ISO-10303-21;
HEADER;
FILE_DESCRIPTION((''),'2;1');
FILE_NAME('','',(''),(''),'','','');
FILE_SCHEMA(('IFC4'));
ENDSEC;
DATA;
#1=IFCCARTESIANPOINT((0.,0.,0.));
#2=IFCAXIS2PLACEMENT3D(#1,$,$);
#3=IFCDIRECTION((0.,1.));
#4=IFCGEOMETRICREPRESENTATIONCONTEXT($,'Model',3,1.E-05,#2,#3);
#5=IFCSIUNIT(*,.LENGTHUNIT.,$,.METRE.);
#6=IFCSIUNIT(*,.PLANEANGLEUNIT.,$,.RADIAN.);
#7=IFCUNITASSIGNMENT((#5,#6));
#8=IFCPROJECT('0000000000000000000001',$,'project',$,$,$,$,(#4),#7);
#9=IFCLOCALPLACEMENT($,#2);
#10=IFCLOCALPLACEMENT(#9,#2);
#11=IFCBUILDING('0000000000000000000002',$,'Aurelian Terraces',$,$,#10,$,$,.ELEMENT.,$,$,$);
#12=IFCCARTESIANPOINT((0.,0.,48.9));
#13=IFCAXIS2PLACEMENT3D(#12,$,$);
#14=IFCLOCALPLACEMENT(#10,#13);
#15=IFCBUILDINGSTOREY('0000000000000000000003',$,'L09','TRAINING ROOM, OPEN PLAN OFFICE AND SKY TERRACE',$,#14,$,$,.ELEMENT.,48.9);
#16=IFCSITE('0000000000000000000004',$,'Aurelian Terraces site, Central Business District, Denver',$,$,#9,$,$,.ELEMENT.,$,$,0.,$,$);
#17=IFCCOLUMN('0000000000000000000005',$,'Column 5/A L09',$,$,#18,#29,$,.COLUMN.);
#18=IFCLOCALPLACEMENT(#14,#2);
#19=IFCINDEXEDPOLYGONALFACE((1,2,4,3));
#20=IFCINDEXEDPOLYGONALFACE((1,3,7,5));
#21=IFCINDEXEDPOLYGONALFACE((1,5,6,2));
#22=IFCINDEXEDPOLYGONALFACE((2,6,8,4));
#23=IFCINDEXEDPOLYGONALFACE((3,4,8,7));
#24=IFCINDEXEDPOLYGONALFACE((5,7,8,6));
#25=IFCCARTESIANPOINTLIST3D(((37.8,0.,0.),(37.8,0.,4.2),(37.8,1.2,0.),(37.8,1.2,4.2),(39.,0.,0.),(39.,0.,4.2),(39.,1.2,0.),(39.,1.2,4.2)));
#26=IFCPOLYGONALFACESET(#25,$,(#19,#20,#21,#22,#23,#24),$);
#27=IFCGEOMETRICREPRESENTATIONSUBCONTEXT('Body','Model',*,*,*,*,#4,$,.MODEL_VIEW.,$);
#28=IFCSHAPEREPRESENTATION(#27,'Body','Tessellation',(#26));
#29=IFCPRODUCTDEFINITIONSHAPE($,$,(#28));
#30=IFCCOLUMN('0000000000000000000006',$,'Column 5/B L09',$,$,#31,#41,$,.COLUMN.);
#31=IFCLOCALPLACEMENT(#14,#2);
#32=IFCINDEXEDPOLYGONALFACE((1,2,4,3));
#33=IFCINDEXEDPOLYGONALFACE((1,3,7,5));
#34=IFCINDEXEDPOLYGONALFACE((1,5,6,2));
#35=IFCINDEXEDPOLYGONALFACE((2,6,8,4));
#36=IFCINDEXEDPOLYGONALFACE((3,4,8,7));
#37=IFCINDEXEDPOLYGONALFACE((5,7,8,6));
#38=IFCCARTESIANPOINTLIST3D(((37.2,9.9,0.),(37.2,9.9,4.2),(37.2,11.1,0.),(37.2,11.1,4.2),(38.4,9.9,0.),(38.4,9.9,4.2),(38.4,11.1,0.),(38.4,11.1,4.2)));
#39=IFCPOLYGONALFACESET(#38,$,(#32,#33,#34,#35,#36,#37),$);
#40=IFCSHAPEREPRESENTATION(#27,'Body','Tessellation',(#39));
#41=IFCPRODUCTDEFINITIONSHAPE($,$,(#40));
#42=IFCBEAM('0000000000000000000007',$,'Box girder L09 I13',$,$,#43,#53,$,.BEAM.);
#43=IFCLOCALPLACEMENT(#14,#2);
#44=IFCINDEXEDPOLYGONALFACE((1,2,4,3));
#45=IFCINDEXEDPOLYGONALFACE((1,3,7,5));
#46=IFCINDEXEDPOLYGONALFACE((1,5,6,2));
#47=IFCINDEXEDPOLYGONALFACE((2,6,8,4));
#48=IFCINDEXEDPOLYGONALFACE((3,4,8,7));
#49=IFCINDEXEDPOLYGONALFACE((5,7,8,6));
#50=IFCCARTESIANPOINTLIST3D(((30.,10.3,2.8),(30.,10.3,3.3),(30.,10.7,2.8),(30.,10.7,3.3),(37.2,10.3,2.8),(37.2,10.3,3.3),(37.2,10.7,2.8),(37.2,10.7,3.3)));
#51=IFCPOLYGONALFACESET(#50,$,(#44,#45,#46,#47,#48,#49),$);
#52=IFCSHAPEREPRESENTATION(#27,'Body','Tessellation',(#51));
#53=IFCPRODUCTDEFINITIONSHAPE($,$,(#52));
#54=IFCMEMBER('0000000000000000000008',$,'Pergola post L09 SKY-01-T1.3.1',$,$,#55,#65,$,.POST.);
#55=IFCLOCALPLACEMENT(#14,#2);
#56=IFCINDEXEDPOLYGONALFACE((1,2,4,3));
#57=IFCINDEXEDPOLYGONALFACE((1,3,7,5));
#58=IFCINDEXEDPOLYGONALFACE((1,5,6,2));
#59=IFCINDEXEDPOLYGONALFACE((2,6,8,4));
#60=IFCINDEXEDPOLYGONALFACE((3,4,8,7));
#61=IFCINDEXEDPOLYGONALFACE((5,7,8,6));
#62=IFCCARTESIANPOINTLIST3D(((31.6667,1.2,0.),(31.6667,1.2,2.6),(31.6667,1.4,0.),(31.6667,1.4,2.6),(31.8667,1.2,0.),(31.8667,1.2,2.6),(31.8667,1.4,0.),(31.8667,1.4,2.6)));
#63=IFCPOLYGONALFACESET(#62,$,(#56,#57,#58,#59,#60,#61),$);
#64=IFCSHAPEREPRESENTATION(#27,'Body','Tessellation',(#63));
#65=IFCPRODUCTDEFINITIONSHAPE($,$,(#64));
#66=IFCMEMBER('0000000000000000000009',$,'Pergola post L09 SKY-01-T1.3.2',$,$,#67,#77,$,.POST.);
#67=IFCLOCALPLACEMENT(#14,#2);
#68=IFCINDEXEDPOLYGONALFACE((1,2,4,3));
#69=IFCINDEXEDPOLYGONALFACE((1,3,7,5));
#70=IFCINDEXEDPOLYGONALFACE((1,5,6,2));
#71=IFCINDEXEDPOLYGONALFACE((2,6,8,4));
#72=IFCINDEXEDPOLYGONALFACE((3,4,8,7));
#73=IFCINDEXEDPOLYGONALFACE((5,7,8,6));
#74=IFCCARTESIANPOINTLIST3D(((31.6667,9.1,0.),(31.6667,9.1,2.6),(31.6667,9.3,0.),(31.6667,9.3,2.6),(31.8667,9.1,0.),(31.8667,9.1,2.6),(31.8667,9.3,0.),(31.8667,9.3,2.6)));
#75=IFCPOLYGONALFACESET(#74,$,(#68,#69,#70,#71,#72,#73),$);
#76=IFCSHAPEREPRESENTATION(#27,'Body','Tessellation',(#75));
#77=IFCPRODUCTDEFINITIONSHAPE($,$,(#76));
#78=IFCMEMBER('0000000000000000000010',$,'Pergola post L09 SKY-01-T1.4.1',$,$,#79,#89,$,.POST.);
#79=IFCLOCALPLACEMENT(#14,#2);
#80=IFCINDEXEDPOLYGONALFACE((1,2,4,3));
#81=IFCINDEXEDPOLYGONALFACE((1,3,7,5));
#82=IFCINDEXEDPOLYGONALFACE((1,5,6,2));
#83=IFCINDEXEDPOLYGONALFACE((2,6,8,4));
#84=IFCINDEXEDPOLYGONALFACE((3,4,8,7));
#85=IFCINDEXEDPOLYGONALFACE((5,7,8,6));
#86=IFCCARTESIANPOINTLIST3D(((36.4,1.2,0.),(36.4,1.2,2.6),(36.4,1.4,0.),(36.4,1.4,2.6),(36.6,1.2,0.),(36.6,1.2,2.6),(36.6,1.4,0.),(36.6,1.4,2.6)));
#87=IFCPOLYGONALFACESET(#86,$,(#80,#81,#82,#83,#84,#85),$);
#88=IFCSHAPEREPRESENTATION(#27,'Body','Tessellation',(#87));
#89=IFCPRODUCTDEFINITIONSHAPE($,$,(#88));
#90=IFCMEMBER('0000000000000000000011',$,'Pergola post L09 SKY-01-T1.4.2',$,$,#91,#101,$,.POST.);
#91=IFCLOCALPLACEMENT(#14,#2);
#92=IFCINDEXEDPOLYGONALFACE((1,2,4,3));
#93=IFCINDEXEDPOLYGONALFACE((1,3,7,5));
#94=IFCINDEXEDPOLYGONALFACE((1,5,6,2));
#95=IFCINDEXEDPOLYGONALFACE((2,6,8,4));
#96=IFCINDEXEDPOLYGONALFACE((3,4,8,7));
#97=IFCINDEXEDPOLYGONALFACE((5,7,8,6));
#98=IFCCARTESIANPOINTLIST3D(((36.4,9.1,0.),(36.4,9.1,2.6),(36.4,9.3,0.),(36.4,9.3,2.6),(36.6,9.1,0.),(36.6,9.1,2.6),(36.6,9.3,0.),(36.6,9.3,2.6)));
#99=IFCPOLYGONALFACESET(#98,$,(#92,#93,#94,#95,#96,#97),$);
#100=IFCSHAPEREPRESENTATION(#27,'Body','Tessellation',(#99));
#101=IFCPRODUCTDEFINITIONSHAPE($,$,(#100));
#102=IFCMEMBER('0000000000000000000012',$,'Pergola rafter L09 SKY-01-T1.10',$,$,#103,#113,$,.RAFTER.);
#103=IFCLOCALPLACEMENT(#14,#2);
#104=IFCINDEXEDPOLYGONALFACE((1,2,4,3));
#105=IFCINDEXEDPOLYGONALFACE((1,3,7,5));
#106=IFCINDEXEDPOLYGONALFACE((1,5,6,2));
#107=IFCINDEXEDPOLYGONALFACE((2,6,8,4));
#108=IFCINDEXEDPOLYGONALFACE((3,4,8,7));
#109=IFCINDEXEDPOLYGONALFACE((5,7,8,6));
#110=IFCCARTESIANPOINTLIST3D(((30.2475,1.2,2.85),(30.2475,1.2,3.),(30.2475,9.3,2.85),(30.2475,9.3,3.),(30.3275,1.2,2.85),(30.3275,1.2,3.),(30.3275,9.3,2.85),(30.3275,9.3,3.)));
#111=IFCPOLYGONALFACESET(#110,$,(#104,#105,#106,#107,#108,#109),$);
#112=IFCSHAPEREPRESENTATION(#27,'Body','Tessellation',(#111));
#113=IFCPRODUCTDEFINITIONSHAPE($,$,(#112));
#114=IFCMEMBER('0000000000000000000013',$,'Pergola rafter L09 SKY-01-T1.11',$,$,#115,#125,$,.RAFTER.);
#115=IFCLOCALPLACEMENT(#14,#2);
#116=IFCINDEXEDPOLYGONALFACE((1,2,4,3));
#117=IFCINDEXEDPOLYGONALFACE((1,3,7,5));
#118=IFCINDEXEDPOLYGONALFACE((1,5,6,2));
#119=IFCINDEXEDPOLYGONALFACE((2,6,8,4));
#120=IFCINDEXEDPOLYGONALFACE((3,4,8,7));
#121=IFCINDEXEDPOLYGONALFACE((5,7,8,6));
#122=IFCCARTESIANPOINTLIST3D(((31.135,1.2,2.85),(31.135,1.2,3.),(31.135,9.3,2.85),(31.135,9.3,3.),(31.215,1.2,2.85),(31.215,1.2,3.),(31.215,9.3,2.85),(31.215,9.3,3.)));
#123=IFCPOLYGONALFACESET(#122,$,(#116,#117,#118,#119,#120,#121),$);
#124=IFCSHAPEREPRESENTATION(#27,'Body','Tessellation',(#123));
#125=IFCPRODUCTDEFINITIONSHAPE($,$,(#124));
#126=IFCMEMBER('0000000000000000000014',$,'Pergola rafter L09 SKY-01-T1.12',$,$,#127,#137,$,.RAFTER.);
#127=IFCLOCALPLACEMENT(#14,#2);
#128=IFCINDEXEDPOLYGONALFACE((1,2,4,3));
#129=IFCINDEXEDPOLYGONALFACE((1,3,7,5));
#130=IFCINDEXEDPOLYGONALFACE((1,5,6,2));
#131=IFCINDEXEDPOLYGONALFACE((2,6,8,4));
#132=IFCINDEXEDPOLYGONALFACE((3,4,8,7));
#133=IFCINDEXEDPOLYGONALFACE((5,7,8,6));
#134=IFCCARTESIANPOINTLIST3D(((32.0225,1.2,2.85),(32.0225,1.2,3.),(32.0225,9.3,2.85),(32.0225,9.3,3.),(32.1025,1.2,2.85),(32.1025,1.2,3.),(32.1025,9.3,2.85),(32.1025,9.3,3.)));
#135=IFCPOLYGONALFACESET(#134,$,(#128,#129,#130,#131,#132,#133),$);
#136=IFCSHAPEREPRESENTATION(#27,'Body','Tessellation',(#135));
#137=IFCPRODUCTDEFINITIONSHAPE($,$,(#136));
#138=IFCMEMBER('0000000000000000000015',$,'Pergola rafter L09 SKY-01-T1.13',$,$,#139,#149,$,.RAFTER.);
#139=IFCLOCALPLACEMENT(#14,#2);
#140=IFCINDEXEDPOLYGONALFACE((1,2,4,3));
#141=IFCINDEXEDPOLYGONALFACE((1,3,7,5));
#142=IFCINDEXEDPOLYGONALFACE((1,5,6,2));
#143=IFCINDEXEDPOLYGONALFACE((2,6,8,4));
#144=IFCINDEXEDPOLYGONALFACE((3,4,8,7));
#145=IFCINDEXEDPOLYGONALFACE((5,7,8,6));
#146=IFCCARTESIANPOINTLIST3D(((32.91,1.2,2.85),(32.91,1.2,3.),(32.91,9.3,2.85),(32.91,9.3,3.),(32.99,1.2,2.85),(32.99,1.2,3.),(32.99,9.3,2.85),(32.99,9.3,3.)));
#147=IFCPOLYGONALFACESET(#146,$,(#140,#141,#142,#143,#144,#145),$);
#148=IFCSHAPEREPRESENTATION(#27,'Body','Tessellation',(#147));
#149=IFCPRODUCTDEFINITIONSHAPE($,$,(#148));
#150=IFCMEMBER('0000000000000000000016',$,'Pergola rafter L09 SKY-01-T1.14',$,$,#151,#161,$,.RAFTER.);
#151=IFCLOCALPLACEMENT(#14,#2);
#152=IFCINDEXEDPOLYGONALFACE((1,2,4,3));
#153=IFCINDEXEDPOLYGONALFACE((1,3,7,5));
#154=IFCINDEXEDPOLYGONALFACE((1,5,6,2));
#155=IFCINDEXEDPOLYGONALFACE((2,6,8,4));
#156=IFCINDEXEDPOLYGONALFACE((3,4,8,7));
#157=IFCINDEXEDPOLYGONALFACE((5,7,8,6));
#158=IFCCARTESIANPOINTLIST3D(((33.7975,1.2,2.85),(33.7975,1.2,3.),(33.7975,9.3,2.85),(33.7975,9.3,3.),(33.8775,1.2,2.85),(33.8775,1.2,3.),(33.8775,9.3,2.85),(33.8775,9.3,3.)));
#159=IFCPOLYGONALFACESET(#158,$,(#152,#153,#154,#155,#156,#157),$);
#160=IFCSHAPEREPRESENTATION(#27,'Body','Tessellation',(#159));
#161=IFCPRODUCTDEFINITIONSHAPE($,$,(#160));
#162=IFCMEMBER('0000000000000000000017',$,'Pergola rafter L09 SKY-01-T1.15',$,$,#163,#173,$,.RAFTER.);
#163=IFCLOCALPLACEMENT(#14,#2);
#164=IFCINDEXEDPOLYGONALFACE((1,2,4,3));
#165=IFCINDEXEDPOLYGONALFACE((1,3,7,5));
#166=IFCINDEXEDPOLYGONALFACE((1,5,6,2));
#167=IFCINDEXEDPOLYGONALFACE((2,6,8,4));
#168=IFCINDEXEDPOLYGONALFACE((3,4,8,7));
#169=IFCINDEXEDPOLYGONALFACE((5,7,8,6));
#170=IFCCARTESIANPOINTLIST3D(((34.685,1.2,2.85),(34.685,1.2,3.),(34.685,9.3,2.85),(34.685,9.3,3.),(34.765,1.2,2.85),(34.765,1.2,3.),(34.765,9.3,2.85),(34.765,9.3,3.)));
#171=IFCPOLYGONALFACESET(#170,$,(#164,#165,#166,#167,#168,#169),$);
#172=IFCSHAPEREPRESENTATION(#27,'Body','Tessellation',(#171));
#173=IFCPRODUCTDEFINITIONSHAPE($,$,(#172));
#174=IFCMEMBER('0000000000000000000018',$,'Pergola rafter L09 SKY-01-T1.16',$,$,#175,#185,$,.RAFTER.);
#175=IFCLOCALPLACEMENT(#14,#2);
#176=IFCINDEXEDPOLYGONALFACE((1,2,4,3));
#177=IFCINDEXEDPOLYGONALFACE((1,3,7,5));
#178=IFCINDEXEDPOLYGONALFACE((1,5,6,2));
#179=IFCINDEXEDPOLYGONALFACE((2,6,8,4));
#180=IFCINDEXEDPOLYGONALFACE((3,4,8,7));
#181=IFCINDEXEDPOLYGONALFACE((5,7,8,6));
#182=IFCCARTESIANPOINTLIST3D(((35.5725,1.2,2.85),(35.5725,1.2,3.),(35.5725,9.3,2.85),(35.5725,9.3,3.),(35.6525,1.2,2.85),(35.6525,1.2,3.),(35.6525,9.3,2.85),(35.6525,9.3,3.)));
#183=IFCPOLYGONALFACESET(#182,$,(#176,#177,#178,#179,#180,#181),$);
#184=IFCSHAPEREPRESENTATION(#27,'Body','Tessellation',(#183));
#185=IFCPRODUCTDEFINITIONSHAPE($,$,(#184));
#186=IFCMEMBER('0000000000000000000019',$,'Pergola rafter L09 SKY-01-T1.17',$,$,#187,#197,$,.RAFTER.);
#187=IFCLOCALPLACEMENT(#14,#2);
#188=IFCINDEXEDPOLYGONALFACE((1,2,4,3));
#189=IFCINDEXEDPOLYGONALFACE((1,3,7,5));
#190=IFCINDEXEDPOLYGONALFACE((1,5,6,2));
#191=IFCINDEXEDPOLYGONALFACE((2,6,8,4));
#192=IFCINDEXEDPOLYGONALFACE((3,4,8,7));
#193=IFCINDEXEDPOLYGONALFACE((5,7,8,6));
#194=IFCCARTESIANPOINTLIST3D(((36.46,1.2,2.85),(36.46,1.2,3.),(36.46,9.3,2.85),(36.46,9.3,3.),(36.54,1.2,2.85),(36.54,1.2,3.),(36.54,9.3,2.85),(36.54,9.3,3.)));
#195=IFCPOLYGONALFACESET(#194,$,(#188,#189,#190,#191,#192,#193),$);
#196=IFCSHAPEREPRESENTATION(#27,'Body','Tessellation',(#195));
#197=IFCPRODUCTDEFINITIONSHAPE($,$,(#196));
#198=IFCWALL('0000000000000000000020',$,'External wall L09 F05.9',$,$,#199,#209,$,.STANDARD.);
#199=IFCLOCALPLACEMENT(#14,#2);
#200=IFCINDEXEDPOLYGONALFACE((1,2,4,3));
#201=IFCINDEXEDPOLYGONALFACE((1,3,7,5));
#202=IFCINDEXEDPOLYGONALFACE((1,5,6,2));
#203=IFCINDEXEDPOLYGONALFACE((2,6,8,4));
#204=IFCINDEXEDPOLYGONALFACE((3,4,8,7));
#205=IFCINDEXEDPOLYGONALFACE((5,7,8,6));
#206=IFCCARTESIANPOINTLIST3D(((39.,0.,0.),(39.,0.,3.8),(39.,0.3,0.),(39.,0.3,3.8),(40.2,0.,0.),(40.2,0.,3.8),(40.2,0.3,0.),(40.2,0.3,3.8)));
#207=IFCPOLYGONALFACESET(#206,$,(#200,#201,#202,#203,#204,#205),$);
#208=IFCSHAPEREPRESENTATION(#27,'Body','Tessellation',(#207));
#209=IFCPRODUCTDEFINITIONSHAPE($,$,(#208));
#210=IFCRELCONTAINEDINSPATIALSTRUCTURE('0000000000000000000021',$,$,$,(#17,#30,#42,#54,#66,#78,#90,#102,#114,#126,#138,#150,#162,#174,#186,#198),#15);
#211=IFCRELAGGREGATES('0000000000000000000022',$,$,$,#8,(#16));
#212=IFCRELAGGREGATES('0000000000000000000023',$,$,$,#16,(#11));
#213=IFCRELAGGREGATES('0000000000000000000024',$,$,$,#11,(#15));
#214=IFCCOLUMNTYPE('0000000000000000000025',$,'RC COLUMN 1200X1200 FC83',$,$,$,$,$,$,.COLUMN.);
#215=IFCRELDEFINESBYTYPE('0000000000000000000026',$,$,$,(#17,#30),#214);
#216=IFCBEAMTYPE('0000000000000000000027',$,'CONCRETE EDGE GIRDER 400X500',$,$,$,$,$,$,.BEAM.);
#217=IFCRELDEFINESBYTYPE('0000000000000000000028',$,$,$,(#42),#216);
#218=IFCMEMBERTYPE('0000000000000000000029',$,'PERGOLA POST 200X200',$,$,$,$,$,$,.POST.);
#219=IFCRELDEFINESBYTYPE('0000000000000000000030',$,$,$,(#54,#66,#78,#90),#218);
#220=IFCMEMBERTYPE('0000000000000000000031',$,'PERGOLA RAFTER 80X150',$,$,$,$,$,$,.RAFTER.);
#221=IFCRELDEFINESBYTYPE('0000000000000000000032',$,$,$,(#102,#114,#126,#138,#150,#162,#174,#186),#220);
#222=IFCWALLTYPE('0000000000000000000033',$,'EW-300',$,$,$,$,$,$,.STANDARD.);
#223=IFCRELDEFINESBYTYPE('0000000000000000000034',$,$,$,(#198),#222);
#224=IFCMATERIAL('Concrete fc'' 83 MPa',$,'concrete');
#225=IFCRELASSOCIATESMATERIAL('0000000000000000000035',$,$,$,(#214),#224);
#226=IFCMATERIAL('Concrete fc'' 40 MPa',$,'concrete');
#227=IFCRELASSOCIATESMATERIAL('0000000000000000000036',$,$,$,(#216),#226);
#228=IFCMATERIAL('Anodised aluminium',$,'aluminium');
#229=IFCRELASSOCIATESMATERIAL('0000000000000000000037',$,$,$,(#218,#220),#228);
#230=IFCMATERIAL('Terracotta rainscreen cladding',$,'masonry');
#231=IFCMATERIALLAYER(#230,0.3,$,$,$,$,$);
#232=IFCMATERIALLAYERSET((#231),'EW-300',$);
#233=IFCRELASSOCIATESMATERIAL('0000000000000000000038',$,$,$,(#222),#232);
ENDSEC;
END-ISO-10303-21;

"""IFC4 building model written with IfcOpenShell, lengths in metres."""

from ifc_helpers import new_model, si_unit, direction, frame, frame_2d, origin, origin_2d, place, context, subcontext, project, spatial, rectangle, extrude, source, transform, mapped, material, layer, layer_set, material_profile, profile_set, type_object, element, save


model = new_model("IFC4")

# Units and contexts
model_context = context("Model", 3, precision=1e-05, world=origin(), true_north=direction((0.0, 1.0)))
body_context = subcontext(model_context, "Body", "Model", "MODEL_VIEW")
ifc_project = project(units=[si_unit("LENGTHUNIT", "METRE"), si_unit("PLANEANGLEUNIT", "RADIAN")], contexts=[model_context])

# Site, building, storey
site_placement = place(None, origin())
site = spatial("IfcSite", under=ifc_project, at=site_placement, Name="Aurelian Terraces site, Central Business District, Denver", CompositionType="ELEMENT", RefElevation=0.0)
building_placement = place(site_placement, origin())
building = spatial("IfcBuilding", under=site, at=building_placement, Name="Aurelian Terraces", CompositionType="ELEMENT")
storey_placement = place(building_placement, frame((0.0, 0.0, 48.9)))
storey = spatial("IfcBuildingStorey", under=building, at=storey_placement, Name="L09", Description="TRAINING ROOM, OPEN PLAN OFFICE AND SKY TERRACE", CompositionType="ELEMENT", Elevation=48.9)

# Columns
ifc_material_1 = material(Name="Concrete fc' 83 MPa", Category="concrete")
ifc_material_profile_1 = material_profile(ifc_material_1, rectangle(XDim=1.2, YDim=1.2, at=origin_2d()))
ifc_profile_set_1 = profile_set([ifc_material_profile_1], Name="Concrete fc' 83 MPa")
column_type = type_object("IfcColumnType", Name="RC COLUMN 1200X1200 FC83", PredefinedType="COLUMN", material=ifc_profile_set_1)
shared_shape_1 = source(origin(), body_context, "Body", "SweptSolid", [
    extrude(rectangle(XDim=1.2, YDim=1.2, at=origin_2d()), origin(), (0.0, 0.0, 1.0), 4.2),
])
for number, where, z_axis, x_axis, name in (
    (1, (38.4, 0.6, 0.0), (0.0, 0.0, 1.0), (1.0, 0.0, 0.0), "Column 5/A L09"),
    (2, (37.8, 10.5, 0.0), (0.0, 0.0, 1.0), (1.0, 0.0, 0.0), "Column 5/B L09"),
):
    element("IfcColumn", number, at=place(storey_placement, frame(where, z_axis=z_axis, x_axis=x_axis)), inside=storey, type_object=column_type, Name=name, PredefinedType="COLUMN", context=body_context, shape_type="MappedRepresentation", body=[
        mapped(shared_shape_1, transform((0.0, 0.0, 0.0), scale=1.0)),
    ])

# Beam
ifc_material_2 = material(Name="Concrete fc' 40 MPa", Category="concrete")
ifc_material_profile_2 = material_profile(ifc_material_2, rectangle(XDim=0.4, YDim=0.5, at=origin_2d()))
ifc_profile_set_2 = profile_set([ifc_material_profile_2], Name="Concrete fc' 40 MPa")
beam_type = type_object("IfcBeamType", Name="CONCRETE EDGE GIRDER 400X500", PredefinedType="BEAM", material=ifc_profile_set_2)
shared_shape_2 = source(origin(), body_context, "Body", "SweptSolid", [
    extrude(rectangle(XDim=0.4, YDim=0.5, at=origin_2d()), origin(), (0.0, 0.0, 1.0), 7.2),
])
beam_placement = place(storey_placement, frame((30.0, 10.5, 3.05), z_axis=(1.0, 0.0, 0.0), x_axis=(0.0, 1.0, 0.0)))
element("IfcBeam", 3, at=beam_placement, inside=storey, type_object=beam_type, Name="Box girder L09 I13", PredefinedType="BEAM", context=body_context, shape_type="MappedRepresentation", body=[
    mapped(shared_shape_2, transform((0.0, 0.0, 0.0), scale=1.0)),
])

# Members
ifc_material_3 = material(Name="Anodised aluminium", Category="aluminium")
ifc_material_profile_3 = material_profile(ifc_material_3, rectangle(XDim=0.2, YDim=0.2, at=origin_2d()))
ifc_profile_set_3 = profile_set([ifc_material_profile_3], Name="Anodised aluminium")
member_type_1 = type_object("IfcMemberType", Name="PERGOLA POST 200X200", PredefinedType="POST", material=ifc_profile_set_3)
shared_shape_3 = source(origin(), body_context, "Body", "SweptSolid", [
    extrude(rectangle(XDim=0.2, YDim=0.2, at=origin_2d()), origin(), (0.0, 0.0, 1.0), 2.6),
])
for number, where, z_axis, x_axis, name in (
    (4, (31.7667, 1.3, 0.0), (0.0, 0.0, 1.0), (1.0, 0.0, 0.0), "Pergola post L09 SKY-01-T1.3.1"),
    (5, (31.7667, 9.2, 0.0), (0.0, 0.0, 1.0), (1.0, 0.0, 0.0), "Pergola post L09 SKY-01-T1.3.2"),
    (6, (36.5, 1.3, 0.0), (0.0, 0.0, 1.0), (1.0, 0.0, 0.0), "Pergola post L09 SKY-01-T1.4.1"),
    (7, (36.5, 9.2, 0.0), (0.0, 0.0, 1.0), (1.0, 0.0, 0.0), "Pergola post L09 SKY-01-T1.4.2"),
):
    element("IfcMember", number, at=place(storey_placement, frame(where, z_axis=z_axis, x_axis=x_axis)), inside=storey, type_object=member_type_1, Name=name, PredefinedType="POST", context=body_context, shape_type="MappedRepresentation", body=[
        mapped(shared_shape_3, transform((0.0, 0.0, 0.0), scale=1.0)),
    ])
ifc_material_profile_4 = material_profile(ifc_material_3, rectangle(XDim=0.08, YDim=0.15, at=origin_2d()))
ifc_profile_set_4 = profile_set([ifc_material_profile_4], Name="Anodised aluminium")
member_type_2 = type_object("IfcMemberType", Name="PERGOLA RAFTER 80X150", PredefinedType="RAFTER", material=ifc_profile_set_4)
shared_shape_4 = source(origin(), body_context, "Body", "SweptSolid", [
    extrude(rectangle(XDim=0.08, YDim=0.15, at=origin_2d()), origin(), (0.0, 0.0, 1.0), 8.1),
])
for number, where, z_axis, x_axis, name in (
    (8, (30.2875, 1.2, 2.925), (0.0, 1.0, 0.0), (-1.0, 0.0, 0.0), "Pergola rafter L09 SKY-01-T1.10"),
    (9, (31.175, 1.2, 2.925), (0.0, 1.0, 0.0), (-1.0, 0.0, 0.0), "Pergola rafter L09 SKY-01-T1.11"),
    (10, (32.0625, 1.2, 2.925), (0.0, 1.0, 0.0), (-1.0, 0.0, 0.0), "Pergola rafter L09 SKY-01-T1.12"),
    (11, (32.95, 1.2, 2.925), (0.0, 1.0, 0.0), (-1.0, 0.0, 0.0), "Pergola rafter L09 SKY-01-T1.13"),
    (12, (33.8375, 1.2, 2.925), (0.0, 1.0, 0.0), (-1.0, 0.0, 0.0), "Pergola rafter L09 SKY-01-T1.14"),
    (13, (34.725, 1.2, 2.925), (0.0, 1.0, 0.0), (-1.0, 0.0, 0.0), "Pergola rafter L09 SKY-01-T1.15"),
    (14, (35.6125, 1.2, 2.925), (0.0, 1.0, 0.0), (-1.0, 0.0, 0.0), "Pergola rafter L09 SKY-01-T1.16"),
    (15, (36.5, 1.2, 2.925), (0.0, 1.0, 0.0), (-1.0, 0.0, 0.0), "Pergola rafter L09 SKY-01-T1.17"),
):
    element("IfcMember", number, at=place(storey_placement, frame(where, z_axis=z_axis, x_axis=x_axis)), inside=storey, type_object=member_type_2, Name=name, PredefinedType="RAFTER", context=body_context, shape_type="MappedRepresentation", body=[
        mapped(shared_shape_4, transform((0.0, 0.0, 0.0), scale=1.0)),
    ])

# Wall
ifc_material_4 = material(Name="Terracotta rainscreen cladding", Category="masonry")
ifc_layer_1 = layer(ifc_material_4, 0.3)
ifc_layer_set_1 = layer_set([ifc_layer_1], Name="EW-300")
wall_type_1 = type_object("IfcWallType", Name="EW-300", PredefinedType="STANDARD", material=ifc_layer_set_1)
shared_shape_5 = source(origin(), body_context, "Body", "SweptSolid", [
    extrude(rectangle(XDim=1.2, YDim=0.3, at=frame_2d((0.6, 0.0))), origin(), (0.0, 0.0, 1.0), 3.8),
])
wall_1_placement = place(storey_placement, frame((39.0, 0.15, 0.0), z_axis=(0.0, 0.0, 1.0), x_axis=(1.0, 0.0, 0.0)))
element("IfcWall", 16, at=wall_1_placement, inside=storey, type_object=wall_type_1, Name="External wall L09 F05.9", PredefinedType="STANDARD", context=body_context, shape_type="MappedRepresentation", body=[
    mapped(shared_shape_5, transform((0.0, 0.0, 0.0), scale=1.0)),
])

save(model, "model.ifc")
